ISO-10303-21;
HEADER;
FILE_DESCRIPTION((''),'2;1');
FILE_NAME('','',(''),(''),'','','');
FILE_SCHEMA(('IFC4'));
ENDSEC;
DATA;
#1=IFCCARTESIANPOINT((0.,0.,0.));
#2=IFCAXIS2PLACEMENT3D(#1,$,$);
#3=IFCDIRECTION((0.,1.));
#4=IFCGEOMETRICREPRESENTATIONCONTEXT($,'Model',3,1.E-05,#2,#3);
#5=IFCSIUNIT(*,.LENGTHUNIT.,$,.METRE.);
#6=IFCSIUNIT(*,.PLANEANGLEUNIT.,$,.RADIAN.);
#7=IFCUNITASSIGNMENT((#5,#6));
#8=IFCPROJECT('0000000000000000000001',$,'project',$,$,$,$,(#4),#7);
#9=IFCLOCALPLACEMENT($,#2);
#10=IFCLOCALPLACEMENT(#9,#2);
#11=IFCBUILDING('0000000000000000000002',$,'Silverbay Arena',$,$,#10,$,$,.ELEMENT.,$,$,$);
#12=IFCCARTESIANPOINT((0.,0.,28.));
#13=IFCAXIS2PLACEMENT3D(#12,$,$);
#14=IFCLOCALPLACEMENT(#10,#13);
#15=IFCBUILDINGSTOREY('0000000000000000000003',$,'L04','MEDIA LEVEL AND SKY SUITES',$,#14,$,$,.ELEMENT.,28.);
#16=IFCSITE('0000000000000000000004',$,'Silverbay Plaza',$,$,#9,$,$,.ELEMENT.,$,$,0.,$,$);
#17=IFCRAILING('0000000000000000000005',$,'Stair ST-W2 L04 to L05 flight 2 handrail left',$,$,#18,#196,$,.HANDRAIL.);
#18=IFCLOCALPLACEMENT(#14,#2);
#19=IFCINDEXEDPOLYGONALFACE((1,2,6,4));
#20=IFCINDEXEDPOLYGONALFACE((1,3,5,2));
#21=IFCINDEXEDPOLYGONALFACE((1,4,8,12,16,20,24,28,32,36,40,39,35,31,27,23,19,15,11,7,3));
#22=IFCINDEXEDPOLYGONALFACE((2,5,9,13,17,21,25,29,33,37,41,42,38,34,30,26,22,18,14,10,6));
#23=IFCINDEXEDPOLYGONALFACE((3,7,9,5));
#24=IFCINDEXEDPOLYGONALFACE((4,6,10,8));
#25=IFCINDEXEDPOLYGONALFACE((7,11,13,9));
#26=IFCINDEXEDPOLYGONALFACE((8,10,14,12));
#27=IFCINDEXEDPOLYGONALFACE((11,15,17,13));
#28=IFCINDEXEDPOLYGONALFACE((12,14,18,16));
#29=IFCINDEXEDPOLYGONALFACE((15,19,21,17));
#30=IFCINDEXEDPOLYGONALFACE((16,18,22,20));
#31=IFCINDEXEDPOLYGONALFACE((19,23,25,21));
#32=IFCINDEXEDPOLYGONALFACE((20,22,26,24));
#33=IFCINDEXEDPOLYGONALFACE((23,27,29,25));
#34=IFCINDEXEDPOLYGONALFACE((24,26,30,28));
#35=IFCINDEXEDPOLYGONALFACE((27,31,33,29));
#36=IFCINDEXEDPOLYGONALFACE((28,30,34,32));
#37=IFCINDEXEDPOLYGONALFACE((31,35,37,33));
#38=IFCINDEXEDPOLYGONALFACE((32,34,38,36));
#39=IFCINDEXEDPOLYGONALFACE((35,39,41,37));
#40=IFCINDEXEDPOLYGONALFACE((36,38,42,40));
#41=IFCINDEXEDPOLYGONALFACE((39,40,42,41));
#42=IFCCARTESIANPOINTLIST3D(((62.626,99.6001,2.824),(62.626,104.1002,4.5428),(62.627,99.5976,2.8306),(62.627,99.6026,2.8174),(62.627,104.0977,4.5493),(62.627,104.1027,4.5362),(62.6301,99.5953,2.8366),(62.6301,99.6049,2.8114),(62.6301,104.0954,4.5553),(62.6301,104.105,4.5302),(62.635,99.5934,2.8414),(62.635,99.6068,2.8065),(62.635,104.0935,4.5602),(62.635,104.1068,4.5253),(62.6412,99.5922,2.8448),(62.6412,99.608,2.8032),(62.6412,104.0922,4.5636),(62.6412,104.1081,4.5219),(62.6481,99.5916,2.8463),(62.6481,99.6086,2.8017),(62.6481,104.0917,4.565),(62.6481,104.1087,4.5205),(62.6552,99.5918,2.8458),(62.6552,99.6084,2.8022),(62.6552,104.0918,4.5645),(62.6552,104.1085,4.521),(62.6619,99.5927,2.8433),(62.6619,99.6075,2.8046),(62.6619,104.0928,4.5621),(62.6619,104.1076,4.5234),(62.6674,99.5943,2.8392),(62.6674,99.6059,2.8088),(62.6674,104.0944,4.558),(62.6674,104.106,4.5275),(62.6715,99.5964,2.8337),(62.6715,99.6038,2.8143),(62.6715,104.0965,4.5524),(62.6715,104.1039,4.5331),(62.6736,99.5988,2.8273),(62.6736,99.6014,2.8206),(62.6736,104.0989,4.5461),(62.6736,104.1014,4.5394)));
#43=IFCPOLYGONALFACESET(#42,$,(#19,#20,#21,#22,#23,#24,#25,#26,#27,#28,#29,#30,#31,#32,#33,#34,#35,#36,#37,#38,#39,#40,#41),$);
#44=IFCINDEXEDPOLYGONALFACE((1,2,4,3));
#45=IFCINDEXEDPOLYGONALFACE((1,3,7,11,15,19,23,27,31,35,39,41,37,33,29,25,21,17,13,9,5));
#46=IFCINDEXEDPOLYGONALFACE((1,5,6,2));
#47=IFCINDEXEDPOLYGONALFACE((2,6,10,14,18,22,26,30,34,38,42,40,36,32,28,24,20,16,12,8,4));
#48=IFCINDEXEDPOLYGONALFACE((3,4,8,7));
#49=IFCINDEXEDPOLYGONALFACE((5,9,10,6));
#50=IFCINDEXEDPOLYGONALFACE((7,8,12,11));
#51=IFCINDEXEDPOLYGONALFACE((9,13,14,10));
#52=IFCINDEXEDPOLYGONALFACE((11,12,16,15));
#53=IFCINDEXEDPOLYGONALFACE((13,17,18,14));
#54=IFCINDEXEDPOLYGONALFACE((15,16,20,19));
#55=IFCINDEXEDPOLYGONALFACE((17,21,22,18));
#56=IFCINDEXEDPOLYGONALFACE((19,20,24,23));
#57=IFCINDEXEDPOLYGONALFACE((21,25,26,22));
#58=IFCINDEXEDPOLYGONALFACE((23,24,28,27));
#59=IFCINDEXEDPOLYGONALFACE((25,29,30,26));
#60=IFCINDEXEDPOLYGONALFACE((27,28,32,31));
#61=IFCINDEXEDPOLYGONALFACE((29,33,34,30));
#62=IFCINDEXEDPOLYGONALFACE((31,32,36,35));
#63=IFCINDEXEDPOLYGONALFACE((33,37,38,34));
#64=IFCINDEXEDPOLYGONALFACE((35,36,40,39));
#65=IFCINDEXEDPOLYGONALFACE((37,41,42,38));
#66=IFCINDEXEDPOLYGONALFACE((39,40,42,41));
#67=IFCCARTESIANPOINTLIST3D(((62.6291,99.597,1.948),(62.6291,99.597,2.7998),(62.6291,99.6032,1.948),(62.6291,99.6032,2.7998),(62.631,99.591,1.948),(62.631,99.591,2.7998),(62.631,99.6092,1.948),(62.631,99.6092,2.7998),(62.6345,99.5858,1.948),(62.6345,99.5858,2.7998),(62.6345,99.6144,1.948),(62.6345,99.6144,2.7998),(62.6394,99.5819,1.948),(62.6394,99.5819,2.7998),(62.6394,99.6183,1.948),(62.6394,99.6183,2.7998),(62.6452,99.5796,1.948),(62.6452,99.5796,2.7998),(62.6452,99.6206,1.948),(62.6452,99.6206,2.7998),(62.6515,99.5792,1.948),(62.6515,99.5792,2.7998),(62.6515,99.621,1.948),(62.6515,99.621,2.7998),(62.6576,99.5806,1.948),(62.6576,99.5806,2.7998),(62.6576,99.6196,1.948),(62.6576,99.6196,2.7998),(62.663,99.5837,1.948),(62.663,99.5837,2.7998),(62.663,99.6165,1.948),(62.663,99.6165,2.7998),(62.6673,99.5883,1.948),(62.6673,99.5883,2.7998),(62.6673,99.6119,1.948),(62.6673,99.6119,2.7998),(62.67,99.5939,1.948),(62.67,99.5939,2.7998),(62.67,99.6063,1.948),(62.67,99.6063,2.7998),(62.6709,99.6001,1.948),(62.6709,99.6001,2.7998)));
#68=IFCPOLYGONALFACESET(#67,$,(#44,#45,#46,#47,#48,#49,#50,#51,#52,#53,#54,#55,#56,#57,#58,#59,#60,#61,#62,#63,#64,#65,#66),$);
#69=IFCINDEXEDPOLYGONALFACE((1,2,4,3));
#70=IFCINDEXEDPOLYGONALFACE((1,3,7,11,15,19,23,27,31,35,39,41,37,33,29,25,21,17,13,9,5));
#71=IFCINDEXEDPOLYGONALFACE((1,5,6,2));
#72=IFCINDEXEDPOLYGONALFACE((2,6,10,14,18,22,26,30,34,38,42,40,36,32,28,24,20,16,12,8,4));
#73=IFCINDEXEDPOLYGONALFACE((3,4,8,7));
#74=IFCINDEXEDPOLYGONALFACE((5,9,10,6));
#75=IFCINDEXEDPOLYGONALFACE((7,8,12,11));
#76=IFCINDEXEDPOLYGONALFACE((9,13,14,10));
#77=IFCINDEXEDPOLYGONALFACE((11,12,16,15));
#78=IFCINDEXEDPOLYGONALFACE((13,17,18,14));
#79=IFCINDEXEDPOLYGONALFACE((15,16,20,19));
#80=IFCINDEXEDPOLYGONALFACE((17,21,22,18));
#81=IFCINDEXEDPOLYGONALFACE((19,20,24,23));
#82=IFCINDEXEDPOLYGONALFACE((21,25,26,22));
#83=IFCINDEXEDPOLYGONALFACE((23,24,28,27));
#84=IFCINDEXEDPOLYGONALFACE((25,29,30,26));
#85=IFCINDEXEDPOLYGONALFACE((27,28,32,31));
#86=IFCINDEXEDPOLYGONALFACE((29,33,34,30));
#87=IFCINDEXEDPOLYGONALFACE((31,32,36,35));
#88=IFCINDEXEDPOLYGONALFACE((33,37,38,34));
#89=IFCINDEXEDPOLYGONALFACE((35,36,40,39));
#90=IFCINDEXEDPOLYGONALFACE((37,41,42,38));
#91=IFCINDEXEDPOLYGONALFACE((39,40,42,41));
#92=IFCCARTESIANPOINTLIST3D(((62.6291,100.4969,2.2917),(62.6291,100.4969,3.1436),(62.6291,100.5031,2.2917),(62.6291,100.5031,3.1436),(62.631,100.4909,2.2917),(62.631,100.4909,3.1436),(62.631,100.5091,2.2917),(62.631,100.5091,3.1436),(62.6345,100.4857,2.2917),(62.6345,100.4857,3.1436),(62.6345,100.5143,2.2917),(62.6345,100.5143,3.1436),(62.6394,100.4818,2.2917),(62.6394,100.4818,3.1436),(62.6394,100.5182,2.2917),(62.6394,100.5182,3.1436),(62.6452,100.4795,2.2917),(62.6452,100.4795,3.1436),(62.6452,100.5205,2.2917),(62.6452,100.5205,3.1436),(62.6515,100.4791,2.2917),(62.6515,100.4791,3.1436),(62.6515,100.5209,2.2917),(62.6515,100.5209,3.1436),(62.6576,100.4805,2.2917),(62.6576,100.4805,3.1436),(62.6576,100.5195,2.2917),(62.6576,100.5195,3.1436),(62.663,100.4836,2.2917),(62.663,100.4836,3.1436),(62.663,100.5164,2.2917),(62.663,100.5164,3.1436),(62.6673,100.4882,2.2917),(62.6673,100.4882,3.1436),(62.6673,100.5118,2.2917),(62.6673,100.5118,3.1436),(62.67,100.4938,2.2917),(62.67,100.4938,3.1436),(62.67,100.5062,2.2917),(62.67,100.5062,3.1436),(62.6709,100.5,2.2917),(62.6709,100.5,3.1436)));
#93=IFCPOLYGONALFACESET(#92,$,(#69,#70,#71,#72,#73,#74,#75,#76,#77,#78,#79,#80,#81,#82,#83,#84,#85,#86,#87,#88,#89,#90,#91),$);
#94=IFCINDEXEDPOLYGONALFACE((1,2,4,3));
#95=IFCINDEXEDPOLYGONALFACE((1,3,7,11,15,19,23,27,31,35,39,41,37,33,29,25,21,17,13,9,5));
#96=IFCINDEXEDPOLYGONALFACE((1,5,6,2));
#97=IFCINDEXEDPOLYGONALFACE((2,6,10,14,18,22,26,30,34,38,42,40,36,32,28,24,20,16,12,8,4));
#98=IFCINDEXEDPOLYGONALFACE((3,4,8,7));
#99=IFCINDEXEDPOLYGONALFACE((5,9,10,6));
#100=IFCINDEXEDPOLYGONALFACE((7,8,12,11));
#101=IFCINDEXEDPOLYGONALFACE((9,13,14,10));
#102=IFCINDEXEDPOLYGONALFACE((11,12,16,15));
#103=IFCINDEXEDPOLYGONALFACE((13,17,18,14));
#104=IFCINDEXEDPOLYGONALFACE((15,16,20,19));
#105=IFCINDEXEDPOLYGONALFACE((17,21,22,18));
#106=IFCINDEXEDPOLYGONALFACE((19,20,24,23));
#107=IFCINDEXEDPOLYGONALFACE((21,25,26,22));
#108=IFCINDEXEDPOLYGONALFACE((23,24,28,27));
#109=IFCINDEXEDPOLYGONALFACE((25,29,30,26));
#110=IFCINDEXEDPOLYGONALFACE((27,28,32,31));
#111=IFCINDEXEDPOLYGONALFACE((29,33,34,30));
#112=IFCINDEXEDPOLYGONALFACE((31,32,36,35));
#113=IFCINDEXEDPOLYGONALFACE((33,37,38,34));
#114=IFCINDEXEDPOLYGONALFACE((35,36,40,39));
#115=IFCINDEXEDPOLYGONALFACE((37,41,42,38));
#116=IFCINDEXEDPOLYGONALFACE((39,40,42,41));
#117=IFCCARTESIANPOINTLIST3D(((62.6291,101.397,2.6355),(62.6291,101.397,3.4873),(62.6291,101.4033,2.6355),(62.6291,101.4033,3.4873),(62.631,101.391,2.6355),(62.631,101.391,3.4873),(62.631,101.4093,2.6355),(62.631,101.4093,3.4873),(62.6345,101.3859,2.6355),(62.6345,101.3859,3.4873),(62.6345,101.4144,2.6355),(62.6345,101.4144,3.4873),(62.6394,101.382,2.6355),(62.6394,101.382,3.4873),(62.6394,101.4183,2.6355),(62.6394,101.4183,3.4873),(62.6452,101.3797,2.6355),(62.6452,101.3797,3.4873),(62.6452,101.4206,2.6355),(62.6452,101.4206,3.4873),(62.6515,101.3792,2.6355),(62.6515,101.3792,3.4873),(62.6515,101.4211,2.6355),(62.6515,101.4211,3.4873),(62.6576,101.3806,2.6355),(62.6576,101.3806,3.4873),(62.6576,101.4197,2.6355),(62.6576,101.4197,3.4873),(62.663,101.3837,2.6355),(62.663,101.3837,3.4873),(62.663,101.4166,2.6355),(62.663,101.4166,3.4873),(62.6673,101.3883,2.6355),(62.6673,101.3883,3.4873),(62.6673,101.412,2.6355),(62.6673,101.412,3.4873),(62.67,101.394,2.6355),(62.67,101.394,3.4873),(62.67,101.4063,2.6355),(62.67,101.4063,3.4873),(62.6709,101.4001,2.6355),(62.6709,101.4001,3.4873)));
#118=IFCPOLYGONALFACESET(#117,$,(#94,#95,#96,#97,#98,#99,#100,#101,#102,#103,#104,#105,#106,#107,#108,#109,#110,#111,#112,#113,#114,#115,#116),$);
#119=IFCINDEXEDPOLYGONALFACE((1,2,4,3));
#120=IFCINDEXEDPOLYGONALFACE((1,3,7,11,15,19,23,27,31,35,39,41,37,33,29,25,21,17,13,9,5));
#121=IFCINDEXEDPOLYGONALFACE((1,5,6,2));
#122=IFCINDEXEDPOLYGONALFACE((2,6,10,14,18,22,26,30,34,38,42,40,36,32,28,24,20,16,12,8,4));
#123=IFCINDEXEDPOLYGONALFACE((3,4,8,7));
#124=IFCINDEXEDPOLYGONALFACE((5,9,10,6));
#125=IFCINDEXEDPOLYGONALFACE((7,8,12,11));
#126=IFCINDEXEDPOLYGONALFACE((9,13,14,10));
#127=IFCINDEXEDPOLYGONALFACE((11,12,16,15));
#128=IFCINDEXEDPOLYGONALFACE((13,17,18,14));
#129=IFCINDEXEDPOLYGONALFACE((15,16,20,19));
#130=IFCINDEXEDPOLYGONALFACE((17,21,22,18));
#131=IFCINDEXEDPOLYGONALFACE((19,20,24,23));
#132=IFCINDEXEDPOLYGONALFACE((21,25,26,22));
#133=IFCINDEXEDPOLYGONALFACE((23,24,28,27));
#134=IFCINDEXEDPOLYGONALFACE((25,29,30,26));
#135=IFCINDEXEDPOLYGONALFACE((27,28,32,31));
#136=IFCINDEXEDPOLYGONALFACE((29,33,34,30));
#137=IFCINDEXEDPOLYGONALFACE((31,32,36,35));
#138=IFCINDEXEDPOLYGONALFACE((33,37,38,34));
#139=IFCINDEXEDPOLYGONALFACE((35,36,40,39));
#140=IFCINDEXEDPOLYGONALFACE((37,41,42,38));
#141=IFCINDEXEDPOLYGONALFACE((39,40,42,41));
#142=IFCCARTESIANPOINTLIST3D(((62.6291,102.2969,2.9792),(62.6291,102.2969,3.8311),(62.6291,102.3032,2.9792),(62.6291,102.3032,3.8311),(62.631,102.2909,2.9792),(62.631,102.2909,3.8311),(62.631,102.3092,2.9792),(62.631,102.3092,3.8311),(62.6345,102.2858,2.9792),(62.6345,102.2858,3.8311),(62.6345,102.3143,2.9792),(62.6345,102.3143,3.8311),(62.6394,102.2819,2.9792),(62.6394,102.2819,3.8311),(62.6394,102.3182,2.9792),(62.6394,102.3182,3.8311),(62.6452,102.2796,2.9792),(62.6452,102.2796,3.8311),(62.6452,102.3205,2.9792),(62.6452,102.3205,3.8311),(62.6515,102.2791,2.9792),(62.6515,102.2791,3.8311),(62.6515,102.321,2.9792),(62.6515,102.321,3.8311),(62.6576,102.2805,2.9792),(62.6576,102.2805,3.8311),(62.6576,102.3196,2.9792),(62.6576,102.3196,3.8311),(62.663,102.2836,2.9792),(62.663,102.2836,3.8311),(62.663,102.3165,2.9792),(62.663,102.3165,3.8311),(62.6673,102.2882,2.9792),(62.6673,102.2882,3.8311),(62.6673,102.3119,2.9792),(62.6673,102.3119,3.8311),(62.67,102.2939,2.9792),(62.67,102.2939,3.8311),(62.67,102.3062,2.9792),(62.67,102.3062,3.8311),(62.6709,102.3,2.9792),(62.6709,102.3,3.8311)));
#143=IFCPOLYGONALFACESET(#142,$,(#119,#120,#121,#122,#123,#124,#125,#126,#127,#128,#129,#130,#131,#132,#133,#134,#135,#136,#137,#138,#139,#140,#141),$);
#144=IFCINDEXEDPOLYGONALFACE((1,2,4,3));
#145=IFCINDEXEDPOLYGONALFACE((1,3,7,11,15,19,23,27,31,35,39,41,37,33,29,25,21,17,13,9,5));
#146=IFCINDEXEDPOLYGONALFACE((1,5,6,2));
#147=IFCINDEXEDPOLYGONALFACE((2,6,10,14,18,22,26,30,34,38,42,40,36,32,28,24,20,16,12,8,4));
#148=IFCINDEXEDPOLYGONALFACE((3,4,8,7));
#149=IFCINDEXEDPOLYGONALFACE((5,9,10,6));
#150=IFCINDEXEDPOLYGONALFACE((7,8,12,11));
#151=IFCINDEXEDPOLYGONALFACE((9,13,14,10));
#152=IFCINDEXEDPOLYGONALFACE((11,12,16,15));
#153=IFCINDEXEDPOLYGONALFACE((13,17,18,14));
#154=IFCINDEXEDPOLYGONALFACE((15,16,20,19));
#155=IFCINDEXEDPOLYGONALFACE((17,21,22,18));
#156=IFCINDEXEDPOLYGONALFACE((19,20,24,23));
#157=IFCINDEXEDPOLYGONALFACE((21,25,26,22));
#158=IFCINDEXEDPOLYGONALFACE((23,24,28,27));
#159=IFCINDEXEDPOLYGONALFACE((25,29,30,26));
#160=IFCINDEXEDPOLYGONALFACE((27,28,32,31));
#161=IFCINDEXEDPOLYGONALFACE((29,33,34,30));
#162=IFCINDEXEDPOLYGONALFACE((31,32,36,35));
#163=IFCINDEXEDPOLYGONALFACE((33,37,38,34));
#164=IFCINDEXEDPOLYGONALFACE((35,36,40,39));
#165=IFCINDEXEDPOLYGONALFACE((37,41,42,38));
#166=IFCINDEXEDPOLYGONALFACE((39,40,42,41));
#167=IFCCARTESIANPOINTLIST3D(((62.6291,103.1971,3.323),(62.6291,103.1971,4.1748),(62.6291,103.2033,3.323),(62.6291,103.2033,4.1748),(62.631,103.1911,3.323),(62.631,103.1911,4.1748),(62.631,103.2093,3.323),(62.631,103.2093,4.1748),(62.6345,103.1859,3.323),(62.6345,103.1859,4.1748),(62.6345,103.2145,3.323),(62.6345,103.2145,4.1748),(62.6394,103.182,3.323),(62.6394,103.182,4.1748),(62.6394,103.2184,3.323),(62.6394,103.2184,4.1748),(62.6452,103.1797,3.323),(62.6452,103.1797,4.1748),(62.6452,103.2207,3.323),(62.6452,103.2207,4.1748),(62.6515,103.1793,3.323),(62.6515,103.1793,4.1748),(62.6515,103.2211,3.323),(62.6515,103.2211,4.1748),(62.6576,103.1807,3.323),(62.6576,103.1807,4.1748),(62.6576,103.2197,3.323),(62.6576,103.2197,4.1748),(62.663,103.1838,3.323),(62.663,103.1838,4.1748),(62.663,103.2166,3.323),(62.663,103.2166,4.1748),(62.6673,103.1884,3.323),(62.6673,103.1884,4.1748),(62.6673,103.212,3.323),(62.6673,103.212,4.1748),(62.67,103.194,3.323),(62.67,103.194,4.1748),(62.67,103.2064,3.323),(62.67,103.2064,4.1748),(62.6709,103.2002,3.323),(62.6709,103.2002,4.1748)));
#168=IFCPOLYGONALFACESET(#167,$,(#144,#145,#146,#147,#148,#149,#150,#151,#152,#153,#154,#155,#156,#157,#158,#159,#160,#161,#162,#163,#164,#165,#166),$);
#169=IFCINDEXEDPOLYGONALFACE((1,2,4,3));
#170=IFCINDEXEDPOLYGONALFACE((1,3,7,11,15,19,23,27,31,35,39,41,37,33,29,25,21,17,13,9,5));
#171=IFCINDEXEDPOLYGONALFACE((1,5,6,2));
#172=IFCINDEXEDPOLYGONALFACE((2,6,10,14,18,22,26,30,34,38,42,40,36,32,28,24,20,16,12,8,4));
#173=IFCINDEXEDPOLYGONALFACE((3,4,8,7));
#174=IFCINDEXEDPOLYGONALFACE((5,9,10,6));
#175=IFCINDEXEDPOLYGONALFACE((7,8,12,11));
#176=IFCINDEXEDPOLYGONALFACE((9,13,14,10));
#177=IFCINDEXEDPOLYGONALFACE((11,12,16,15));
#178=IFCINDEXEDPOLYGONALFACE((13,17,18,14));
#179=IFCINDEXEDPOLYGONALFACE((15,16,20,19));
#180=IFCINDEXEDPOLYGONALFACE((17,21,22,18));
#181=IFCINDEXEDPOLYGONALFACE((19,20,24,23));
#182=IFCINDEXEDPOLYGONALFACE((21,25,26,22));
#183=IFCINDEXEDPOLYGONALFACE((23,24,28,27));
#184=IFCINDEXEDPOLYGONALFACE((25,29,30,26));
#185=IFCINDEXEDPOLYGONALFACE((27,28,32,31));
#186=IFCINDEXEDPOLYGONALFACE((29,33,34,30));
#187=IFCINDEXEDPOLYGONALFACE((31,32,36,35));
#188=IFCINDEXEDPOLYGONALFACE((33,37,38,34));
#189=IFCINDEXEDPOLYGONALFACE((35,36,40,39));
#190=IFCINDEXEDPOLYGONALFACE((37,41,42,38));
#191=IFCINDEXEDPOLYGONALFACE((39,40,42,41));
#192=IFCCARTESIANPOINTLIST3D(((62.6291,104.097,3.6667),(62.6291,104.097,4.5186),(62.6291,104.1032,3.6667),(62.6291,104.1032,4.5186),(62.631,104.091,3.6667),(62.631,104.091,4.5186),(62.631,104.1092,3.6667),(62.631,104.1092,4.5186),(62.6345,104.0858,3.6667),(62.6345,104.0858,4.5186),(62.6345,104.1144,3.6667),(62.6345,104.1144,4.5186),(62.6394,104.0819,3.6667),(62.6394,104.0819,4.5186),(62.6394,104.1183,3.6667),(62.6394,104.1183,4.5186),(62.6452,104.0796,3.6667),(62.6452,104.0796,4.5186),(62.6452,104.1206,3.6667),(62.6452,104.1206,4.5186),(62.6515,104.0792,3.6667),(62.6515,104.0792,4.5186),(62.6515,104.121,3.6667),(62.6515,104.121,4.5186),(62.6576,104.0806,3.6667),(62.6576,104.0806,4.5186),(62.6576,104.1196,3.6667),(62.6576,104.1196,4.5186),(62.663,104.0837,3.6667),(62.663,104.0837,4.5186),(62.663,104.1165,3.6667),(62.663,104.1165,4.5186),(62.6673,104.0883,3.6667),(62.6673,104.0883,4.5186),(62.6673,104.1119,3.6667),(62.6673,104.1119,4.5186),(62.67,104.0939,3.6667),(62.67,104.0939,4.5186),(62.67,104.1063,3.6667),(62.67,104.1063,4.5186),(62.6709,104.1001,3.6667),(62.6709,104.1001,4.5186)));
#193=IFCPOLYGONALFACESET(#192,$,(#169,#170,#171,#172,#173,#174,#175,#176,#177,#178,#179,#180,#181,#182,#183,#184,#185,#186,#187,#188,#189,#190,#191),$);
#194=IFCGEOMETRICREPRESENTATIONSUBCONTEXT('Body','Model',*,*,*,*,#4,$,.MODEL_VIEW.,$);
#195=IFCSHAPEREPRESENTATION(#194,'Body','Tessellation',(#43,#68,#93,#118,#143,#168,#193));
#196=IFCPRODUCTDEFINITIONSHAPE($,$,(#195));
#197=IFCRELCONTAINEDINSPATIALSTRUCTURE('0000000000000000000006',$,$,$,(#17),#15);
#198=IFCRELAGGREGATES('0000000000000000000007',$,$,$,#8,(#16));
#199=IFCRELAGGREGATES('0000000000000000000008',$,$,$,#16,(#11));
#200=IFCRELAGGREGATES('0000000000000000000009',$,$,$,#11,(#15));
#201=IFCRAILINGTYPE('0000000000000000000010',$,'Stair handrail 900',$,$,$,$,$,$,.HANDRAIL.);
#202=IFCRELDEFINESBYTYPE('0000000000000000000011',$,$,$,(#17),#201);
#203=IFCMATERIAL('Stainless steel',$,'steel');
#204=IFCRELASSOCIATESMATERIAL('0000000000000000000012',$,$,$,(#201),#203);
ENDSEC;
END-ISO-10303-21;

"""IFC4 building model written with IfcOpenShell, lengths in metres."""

from ifc_helpers import new_model, si_unit, direction, frame, origin, origin_2d, place, context, subcontext, project, spatial, circle, extrude, material, type_object, element, save


model = new_model("IFC4")

# Units and contexts
model_context = context("Model", 3, precision=1e-05, world=origin(), true_north=direction((0.0, 1.0)))
body_context = subcontext(model_context, "Body", "Model", "MODEL_VIEW")
ifc_project = project(units=[si_unit("LENGTHUNIT", "METRE"), si_unit("PLANEANGLEUNIT", "RADIAN")], contexts=[model_context])

# Site, building, storey
site_placement = place(None, origin())
site = spatial("IfcSite", under=ifc_project, at=site_placement, Name="Silverbay Plaza", CompositionType="ELEMENT", RefElevation=0.0)
building_placement = place(site_placement, origin())
building = spatial("IfcBuilding", under=site, at=building_placement, Name="Silverbay Arena", CompositionType="ELEMENT")
storey_placement = place(building_placement, frame((0.0, 0.0, 28.0)))
storey = spatial("IfcBuildingStorey", under=building, at=storey_placement, Name="L04", Description="MEDIA LEVEL AND SKY SUITES", CompositionType="ELEMENT", Elevation=28.0)

# Railing
ifc_material_1 = material(Name="Stainless steel", Category="steel")
railing_type_1 = type_object("IfcRailingType", Name="Stair handrail 900", PredefinedType="HANDRAIL", material=ifc_material_1)
for number, where, name in (
    (1, (62.6499, 99.6001, 1.948), "Stair ST-W2 L04 to L05 flight 2 handrail left"),
):
    element("IfcRailing", number, at=place(storey_placement, frame(where)), inside=storey, type_object=railing_type_1, Name=name, PredefinedType="HANDRAIL", context=body_context, shape_type="SweptSolid", body=[
        extrude(circle(Radius=0.0239, at=origin_2d()), frame((0.0, 0.0, 0.876), z_axis=(0.0, 0.934179, 0.356805), x_axis=(-1.0, 0.0, 0.0)), (0.0, 0.0, 1.0), 4.8171),
        extrude(circle(Radius=0.021, at=origin_2d()), origin(), (0.0, 0.0, 1.0), 0.8518),
        extrude(circle(Radius=0.021, at=origin_2d()), frame((0.0, 0.8999, 0.3438)), (0.0, 0.0, 1.0), 0.8518),
        extrude(circle(Radius=0.021, at=origin_2d()), frame((0.0, 1.8, 0.6875)), (0.0, 0.0, 1.0), 0.8518),
        extrude(circle(Radius=0.021, at=origin_2d()), frame((0.0, 2.7, 1.0312)), (0.0, 0.0, 1.0), 0.8518),
        extrude(circle(Radius=0.021, at=origin_2d()), frame((0.0, 3.6001, 1.375)), (0.0, 0.0, 1.0), 0.8518),
        extrude(circle(Radius=0.021, at=origin_2d()), frame((0.0, 4.5, 1.7188)), (0.0, 0.0, 1.0), 0.8518),
    ])

save(model, "model.ifc")
